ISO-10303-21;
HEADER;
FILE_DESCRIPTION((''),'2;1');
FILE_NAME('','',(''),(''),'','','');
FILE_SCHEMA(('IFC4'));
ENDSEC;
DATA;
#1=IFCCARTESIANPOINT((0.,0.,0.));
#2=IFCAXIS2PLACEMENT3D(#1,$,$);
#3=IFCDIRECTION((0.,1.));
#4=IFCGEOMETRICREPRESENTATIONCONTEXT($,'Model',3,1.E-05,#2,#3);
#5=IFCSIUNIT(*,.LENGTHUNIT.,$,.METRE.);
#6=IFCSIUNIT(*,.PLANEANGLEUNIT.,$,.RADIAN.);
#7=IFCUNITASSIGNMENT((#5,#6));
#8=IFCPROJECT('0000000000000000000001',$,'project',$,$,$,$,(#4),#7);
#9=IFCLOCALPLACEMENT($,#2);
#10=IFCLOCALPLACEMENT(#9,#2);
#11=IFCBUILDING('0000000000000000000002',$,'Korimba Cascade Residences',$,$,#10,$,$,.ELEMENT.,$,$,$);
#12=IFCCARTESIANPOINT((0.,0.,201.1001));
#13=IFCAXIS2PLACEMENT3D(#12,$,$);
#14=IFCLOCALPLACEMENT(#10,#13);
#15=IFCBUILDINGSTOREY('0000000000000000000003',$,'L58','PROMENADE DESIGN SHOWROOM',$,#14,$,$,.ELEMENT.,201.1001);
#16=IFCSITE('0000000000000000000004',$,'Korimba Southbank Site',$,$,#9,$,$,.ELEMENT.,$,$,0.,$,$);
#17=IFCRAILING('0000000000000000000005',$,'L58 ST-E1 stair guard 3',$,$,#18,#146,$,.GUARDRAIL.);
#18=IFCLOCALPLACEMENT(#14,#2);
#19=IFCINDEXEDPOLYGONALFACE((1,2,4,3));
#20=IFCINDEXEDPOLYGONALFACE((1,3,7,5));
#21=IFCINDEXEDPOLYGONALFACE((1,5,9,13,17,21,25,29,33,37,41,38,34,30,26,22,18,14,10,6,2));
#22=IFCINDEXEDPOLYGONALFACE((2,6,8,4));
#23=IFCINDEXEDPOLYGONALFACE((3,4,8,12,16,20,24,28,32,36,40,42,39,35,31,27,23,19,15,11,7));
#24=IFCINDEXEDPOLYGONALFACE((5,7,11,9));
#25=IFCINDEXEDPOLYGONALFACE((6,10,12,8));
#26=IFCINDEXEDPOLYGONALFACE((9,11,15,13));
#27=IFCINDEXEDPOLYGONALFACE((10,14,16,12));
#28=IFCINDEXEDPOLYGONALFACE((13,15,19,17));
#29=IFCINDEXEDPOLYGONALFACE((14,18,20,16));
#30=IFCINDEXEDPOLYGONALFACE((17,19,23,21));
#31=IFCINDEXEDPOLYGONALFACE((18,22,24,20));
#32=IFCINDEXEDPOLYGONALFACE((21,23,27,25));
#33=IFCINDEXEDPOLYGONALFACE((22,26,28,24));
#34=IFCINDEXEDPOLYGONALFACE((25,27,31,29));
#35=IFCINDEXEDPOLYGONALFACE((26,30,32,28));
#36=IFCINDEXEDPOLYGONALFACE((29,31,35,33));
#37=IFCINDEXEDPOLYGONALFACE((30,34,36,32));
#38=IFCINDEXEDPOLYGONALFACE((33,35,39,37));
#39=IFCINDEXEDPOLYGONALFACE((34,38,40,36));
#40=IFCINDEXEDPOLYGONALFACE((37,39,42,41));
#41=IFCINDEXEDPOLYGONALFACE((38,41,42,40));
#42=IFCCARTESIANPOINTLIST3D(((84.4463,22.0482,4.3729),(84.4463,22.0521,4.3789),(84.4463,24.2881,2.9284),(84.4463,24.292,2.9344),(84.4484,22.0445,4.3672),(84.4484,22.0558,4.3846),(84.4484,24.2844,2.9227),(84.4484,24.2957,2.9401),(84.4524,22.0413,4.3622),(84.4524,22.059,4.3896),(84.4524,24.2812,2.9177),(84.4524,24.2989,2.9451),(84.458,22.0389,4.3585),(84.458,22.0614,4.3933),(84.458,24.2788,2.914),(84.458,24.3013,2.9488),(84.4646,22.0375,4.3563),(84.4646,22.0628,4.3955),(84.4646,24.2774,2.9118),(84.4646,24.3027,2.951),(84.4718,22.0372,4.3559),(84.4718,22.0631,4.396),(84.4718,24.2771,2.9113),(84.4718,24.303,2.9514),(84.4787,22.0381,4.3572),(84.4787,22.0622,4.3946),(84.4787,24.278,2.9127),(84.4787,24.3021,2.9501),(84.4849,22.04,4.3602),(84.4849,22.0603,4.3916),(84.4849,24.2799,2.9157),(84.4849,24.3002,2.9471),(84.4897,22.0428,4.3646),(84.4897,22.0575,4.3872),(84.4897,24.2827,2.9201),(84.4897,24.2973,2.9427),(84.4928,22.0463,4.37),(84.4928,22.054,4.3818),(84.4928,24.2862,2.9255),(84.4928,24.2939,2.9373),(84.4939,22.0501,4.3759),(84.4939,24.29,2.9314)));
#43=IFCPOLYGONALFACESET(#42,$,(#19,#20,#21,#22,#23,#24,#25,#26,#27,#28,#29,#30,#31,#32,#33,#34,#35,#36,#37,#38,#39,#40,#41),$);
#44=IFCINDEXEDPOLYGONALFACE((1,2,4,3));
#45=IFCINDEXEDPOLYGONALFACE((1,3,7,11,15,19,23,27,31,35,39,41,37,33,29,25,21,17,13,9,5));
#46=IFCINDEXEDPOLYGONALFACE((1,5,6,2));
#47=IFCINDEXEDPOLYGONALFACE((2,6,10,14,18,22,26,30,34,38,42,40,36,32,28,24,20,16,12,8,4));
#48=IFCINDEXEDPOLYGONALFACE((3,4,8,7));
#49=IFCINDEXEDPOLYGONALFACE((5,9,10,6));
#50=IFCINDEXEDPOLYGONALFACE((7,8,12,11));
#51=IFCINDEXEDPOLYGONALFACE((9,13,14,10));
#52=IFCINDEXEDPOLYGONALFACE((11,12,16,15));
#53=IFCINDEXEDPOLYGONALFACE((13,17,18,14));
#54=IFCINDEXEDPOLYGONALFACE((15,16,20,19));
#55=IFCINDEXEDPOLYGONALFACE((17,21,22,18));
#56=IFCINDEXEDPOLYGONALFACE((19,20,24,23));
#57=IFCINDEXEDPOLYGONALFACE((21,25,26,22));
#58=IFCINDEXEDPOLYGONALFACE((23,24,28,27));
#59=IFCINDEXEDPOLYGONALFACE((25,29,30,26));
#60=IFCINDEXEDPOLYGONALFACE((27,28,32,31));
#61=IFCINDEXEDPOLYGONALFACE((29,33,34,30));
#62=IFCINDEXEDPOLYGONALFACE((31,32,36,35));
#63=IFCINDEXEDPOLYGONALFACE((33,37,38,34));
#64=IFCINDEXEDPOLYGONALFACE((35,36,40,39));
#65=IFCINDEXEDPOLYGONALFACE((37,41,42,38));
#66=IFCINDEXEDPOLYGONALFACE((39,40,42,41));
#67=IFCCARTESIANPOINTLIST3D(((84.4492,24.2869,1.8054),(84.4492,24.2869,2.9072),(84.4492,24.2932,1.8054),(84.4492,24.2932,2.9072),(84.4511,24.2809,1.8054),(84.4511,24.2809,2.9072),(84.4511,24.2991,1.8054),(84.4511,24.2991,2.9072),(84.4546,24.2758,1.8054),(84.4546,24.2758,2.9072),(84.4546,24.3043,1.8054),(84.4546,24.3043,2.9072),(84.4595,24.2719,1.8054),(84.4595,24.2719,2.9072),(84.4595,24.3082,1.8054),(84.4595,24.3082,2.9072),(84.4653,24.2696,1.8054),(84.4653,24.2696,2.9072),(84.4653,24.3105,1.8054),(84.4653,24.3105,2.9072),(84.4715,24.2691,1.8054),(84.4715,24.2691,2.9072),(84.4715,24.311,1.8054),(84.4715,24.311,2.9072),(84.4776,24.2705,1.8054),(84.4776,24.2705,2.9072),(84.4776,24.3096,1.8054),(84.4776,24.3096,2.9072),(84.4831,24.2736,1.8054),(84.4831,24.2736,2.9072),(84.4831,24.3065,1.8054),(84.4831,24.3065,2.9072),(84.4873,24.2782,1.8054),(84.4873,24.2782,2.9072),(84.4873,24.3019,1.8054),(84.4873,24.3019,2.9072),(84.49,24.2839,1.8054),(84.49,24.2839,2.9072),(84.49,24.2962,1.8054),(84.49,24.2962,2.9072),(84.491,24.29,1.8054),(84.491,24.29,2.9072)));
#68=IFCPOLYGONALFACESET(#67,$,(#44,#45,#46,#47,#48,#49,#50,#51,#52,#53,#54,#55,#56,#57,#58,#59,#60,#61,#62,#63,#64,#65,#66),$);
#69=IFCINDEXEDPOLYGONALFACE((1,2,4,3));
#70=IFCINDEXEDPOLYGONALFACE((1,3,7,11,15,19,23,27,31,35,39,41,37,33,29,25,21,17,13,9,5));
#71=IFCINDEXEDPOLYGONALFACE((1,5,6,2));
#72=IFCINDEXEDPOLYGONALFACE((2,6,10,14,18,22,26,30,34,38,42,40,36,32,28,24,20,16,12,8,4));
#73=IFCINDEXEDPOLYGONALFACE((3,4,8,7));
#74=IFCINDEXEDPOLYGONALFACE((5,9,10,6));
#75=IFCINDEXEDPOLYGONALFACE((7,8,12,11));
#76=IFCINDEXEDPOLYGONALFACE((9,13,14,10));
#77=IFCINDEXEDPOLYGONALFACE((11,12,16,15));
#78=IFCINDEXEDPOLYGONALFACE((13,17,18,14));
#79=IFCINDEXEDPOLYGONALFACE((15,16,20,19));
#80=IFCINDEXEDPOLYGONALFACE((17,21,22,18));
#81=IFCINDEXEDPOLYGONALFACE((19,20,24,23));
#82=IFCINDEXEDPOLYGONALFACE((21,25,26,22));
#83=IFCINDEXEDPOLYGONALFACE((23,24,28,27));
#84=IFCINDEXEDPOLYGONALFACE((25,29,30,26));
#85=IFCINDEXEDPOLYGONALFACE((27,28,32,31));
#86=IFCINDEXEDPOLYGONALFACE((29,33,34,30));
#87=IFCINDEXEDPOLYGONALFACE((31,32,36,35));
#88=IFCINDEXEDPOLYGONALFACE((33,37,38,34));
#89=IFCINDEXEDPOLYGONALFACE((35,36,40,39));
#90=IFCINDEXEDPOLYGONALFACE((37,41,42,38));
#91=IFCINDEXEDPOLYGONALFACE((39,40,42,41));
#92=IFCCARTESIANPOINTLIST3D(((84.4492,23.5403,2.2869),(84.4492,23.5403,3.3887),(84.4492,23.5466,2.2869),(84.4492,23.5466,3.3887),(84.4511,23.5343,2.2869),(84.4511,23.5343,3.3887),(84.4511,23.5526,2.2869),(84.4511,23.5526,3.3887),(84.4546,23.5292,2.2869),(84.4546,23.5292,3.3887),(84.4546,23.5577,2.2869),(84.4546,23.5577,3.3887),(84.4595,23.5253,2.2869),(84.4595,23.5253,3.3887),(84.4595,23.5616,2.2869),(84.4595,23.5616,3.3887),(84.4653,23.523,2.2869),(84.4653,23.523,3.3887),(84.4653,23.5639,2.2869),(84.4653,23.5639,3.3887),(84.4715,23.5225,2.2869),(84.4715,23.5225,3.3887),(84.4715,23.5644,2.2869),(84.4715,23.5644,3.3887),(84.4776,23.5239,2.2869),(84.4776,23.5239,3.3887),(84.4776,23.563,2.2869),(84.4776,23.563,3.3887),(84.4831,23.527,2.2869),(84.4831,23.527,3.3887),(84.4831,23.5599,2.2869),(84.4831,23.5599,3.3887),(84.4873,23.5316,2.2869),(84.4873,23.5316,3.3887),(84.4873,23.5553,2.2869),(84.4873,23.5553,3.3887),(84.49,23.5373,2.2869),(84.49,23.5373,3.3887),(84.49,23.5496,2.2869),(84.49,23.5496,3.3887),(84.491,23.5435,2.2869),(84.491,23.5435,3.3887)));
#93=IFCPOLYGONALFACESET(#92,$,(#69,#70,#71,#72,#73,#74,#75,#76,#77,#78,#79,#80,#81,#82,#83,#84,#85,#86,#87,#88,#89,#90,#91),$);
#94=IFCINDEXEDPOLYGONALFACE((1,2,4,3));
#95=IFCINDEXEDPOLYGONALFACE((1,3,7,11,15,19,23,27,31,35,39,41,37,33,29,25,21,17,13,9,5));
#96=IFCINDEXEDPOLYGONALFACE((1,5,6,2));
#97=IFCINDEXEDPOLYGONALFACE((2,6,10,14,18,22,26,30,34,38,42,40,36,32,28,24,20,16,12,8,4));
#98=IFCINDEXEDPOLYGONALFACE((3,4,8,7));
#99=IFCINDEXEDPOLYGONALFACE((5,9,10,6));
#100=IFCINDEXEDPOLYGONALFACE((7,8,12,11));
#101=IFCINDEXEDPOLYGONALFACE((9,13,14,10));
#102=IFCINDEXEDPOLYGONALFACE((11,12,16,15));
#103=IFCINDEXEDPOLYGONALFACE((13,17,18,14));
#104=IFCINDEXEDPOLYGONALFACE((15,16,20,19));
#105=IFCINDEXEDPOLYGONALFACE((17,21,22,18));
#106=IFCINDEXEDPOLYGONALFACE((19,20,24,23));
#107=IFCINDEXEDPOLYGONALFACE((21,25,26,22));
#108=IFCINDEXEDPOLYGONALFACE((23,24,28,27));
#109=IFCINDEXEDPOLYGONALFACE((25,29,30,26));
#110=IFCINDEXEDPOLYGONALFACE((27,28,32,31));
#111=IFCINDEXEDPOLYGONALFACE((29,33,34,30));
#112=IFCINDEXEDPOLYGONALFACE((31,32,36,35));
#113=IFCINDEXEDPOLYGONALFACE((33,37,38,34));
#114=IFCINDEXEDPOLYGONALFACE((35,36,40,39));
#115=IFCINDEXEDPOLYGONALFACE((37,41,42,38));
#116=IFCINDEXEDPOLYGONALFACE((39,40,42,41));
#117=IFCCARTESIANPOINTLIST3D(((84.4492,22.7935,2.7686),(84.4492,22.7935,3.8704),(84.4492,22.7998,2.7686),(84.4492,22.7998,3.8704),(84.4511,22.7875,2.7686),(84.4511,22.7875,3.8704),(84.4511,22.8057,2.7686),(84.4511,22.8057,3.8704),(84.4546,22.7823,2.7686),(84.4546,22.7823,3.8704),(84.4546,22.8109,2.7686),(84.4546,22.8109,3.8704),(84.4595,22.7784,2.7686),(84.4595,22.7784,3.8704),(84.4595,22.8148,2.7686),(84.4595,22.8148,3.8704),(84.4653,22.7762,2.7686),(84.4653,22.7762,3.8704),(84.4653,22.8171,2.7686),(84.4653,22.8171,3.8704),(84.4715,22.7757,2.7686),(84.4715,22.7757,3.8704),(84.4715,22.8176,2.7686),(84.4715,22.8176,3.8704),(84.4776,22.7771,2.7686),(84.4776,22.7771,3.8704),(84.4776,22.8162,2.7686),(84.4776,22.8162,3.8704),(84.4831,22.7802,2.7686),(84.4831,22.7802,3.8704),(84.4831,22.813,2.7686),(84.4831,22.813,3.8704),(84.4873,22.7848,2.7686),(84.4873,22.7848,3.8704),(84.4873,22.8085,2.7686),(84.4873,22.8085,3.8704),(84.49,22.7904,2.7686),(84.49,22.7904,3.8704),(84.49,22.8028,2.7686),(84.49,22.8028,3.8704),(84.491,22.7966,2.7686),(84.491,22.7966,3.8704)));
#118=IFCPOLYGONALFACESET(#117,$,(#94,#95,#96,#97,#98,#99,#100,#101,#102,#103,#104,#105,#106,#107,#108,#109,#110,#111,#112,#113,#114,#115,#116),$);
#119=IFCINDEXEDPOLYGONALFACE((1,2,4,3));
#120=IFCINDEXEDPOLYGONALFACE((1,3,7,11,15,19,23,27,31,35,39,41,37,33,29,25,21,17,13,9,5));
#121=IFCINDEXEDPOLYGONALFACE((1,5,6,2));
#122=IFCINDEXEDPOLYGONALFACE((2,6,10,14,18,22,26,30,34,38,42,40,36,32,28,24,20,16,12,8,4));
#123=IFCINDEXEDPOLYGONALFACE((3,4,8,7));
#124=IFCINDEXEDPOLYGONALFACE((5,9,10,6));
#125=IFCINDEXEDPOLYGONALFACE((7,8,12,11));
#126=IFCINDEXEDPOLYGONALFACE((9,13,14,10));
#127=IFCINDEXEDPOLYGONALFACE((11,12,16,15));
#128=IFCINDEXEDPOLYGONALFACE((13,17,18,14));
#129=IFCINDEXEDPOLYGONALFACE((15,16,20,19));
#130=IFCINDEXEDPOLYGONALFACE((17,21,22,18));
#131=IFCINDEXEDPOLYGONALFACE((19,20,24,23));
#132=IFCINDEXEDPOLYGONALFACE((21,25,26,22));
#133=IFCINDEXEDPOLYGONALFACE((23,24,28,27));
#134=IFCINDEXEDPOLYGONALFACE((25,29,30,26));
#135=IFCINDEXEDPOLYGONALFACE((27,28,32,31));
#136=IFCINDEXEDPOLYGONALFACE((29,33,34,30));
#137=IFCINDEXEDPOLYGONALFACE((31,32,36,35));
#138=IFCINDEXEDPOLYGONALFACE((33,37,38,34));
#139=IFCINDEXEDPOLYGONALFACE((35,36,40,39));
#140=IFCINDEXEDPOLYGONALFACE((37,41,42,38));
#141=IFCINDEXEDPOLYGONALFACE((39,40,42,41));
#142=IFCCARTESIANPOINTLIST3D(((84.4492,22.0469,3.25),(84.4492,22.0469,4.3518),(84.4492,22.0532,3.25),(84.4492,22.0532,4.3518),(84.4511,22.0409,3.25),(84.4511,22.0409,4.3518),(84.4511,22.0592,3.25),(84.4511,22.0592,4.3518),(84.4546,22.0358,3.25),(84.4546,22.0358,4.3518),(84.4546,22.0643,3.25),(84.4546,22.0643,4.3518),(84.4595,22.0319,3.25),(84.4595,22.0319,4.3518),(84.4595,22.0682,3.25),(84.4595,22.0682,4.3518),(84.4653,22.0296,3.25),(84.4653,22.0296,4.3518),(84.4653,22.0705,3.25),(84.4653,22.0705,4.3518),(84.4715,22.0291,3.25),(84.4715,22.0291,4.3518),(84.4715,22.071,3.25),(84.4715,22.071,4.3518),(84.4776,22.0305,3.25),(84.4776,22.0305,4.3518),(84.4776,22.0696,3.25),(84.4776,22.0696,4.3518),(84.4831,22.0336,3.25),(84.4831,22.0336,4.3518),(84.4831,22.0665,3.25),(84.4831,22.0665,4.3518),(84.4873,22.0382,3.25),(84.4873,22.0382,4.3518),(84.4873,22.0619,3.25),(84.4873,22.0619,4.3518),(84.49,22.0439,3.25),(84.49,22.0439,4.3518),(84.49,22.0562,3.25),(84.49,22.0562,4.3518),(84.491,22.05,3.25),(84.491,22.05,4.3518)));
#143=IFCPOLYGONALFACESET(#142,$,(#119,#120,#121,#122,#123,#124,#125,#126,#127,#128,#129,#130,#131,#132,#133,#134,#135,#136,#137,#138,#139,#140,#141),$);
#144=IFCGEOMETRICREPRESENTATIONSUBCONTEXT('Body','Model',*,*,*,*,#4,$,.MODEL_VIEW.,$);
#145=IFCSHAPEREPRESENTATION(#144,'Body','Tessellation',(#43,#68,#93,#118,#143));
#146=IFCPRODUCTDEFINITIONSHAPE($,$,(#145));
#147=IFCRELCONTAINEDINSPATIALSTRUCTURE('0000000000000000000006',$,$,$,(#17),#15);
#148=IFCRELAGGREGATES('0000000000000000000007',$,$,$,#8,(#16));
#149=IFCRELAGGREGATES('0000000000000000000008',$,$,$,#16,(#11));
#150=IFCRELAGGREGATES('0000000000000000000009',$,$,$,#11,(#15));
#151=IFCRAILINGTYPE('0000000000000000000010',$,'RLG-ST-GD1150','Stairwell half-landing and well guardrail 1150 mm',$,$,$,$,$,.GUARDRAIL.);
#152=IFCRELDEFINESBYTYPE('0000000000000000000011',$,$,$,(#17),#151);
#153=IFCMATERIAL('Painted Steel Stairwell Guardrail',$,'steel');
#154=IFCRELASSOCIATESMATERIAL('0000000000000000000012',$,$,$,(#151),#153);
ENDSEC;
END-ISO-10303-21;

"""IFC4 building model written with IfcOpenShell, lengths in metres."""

from ifc_helpers import new_model, si_unit, direction, frame, origin, origin_2d, place, context, subcontext, project, spatial, circle, extrude, material, type_object, element, save


model = new_model("IFC4")

# Units and contexts
model_context = context("Model", 3, precision=1e-05, world=origin(), true_north=direction((0.0, 1.0)))
body_context = subcontext(model_context, "Body", "Model", "MODEL_VIEW")
ifc_project = project(units=[si_unit("LENGTHUNIT", "METRE"), si_unit("PLANEANGLEUNIT", "RADIAN")], contexts=[model_context])

# Site, building, storey
site_placement = place(None, origin())
site = spatial("IfcSite", under=ifc_project, at=site_placement, Name="Korimba Southbank Site", CompositionType="ELEMENT", RefElevation=0.0)
building_placement = place(site_placement, origin())
building = spatial("IfcBuilding", under=site, at=building_placement, Name="Korimba Cascade Residences", CompositionType="ELEMENT")
storey_placement = place(building_placement, frame((0.0, 0.0, 201.1001)))
storey = spatial("IfcBuildingStorey", under=building, at=storey_placement, Name="L58", Description="PROMENADE DESIGN SHOWROOM", CompositionType="ELEMENT", Elevation=201.1001)

# Railing
ifc_material_1 = material(Name="Painted Steel Stairwell Guardrail", Category="steel")
railing_type_1 = type_object("IfcRailingType", Name="RLG-ST-GD1150", Description="Stairwell half-landing and well guardrail 1150 mm", PredefinedType="GUARDRAIL", material=ifc_material_1)
railing_1_placement = place(storey_placement, frame((84.47, 24.29, 1.8054)))
element("IfcRailing", 1, at=railing_1_placement, inside=storey, type_object=railing_type_1, Name="L58 ST-E1 stair guard 3", PredefinedType="GUARDRAIL", context=body_context, shape_type="SweptSolid", body=[
    extrude(circle(Radius=0.0239, at=origin_2d()), frame((0.0, 0.0, 1.126), z_axis=(0.0, -0.840395, 0.541975), x_axis=(1.0, 0.0, 0.0)), (0.0, 0.0, 1.0), 2.6653),
    extrude(circle(Radius=0.021, at=origin_2d()), origin(), (0.0, 0.0, 1.0), 1.1018),
    extrude(circle(Radius=0.021, at=origin_2d()), frame((0.0, -0.7466, 0.4814)), (0.0, 0.0, 1.0), 1.1018),
    extrude(circle(Radius=0.021, at=origin_2d()), frame((0.0, -1.4934, 0.9631)), (0.0, 0.0, 1.0), 1.1018),
    extrude(circle(Radius=0.021, at=origin_2d()), frame((0.0, -2.24, 1.4446)), (0.0, 0.0, 1.0), 1.1018),
])

save(model, "model.ifc")
